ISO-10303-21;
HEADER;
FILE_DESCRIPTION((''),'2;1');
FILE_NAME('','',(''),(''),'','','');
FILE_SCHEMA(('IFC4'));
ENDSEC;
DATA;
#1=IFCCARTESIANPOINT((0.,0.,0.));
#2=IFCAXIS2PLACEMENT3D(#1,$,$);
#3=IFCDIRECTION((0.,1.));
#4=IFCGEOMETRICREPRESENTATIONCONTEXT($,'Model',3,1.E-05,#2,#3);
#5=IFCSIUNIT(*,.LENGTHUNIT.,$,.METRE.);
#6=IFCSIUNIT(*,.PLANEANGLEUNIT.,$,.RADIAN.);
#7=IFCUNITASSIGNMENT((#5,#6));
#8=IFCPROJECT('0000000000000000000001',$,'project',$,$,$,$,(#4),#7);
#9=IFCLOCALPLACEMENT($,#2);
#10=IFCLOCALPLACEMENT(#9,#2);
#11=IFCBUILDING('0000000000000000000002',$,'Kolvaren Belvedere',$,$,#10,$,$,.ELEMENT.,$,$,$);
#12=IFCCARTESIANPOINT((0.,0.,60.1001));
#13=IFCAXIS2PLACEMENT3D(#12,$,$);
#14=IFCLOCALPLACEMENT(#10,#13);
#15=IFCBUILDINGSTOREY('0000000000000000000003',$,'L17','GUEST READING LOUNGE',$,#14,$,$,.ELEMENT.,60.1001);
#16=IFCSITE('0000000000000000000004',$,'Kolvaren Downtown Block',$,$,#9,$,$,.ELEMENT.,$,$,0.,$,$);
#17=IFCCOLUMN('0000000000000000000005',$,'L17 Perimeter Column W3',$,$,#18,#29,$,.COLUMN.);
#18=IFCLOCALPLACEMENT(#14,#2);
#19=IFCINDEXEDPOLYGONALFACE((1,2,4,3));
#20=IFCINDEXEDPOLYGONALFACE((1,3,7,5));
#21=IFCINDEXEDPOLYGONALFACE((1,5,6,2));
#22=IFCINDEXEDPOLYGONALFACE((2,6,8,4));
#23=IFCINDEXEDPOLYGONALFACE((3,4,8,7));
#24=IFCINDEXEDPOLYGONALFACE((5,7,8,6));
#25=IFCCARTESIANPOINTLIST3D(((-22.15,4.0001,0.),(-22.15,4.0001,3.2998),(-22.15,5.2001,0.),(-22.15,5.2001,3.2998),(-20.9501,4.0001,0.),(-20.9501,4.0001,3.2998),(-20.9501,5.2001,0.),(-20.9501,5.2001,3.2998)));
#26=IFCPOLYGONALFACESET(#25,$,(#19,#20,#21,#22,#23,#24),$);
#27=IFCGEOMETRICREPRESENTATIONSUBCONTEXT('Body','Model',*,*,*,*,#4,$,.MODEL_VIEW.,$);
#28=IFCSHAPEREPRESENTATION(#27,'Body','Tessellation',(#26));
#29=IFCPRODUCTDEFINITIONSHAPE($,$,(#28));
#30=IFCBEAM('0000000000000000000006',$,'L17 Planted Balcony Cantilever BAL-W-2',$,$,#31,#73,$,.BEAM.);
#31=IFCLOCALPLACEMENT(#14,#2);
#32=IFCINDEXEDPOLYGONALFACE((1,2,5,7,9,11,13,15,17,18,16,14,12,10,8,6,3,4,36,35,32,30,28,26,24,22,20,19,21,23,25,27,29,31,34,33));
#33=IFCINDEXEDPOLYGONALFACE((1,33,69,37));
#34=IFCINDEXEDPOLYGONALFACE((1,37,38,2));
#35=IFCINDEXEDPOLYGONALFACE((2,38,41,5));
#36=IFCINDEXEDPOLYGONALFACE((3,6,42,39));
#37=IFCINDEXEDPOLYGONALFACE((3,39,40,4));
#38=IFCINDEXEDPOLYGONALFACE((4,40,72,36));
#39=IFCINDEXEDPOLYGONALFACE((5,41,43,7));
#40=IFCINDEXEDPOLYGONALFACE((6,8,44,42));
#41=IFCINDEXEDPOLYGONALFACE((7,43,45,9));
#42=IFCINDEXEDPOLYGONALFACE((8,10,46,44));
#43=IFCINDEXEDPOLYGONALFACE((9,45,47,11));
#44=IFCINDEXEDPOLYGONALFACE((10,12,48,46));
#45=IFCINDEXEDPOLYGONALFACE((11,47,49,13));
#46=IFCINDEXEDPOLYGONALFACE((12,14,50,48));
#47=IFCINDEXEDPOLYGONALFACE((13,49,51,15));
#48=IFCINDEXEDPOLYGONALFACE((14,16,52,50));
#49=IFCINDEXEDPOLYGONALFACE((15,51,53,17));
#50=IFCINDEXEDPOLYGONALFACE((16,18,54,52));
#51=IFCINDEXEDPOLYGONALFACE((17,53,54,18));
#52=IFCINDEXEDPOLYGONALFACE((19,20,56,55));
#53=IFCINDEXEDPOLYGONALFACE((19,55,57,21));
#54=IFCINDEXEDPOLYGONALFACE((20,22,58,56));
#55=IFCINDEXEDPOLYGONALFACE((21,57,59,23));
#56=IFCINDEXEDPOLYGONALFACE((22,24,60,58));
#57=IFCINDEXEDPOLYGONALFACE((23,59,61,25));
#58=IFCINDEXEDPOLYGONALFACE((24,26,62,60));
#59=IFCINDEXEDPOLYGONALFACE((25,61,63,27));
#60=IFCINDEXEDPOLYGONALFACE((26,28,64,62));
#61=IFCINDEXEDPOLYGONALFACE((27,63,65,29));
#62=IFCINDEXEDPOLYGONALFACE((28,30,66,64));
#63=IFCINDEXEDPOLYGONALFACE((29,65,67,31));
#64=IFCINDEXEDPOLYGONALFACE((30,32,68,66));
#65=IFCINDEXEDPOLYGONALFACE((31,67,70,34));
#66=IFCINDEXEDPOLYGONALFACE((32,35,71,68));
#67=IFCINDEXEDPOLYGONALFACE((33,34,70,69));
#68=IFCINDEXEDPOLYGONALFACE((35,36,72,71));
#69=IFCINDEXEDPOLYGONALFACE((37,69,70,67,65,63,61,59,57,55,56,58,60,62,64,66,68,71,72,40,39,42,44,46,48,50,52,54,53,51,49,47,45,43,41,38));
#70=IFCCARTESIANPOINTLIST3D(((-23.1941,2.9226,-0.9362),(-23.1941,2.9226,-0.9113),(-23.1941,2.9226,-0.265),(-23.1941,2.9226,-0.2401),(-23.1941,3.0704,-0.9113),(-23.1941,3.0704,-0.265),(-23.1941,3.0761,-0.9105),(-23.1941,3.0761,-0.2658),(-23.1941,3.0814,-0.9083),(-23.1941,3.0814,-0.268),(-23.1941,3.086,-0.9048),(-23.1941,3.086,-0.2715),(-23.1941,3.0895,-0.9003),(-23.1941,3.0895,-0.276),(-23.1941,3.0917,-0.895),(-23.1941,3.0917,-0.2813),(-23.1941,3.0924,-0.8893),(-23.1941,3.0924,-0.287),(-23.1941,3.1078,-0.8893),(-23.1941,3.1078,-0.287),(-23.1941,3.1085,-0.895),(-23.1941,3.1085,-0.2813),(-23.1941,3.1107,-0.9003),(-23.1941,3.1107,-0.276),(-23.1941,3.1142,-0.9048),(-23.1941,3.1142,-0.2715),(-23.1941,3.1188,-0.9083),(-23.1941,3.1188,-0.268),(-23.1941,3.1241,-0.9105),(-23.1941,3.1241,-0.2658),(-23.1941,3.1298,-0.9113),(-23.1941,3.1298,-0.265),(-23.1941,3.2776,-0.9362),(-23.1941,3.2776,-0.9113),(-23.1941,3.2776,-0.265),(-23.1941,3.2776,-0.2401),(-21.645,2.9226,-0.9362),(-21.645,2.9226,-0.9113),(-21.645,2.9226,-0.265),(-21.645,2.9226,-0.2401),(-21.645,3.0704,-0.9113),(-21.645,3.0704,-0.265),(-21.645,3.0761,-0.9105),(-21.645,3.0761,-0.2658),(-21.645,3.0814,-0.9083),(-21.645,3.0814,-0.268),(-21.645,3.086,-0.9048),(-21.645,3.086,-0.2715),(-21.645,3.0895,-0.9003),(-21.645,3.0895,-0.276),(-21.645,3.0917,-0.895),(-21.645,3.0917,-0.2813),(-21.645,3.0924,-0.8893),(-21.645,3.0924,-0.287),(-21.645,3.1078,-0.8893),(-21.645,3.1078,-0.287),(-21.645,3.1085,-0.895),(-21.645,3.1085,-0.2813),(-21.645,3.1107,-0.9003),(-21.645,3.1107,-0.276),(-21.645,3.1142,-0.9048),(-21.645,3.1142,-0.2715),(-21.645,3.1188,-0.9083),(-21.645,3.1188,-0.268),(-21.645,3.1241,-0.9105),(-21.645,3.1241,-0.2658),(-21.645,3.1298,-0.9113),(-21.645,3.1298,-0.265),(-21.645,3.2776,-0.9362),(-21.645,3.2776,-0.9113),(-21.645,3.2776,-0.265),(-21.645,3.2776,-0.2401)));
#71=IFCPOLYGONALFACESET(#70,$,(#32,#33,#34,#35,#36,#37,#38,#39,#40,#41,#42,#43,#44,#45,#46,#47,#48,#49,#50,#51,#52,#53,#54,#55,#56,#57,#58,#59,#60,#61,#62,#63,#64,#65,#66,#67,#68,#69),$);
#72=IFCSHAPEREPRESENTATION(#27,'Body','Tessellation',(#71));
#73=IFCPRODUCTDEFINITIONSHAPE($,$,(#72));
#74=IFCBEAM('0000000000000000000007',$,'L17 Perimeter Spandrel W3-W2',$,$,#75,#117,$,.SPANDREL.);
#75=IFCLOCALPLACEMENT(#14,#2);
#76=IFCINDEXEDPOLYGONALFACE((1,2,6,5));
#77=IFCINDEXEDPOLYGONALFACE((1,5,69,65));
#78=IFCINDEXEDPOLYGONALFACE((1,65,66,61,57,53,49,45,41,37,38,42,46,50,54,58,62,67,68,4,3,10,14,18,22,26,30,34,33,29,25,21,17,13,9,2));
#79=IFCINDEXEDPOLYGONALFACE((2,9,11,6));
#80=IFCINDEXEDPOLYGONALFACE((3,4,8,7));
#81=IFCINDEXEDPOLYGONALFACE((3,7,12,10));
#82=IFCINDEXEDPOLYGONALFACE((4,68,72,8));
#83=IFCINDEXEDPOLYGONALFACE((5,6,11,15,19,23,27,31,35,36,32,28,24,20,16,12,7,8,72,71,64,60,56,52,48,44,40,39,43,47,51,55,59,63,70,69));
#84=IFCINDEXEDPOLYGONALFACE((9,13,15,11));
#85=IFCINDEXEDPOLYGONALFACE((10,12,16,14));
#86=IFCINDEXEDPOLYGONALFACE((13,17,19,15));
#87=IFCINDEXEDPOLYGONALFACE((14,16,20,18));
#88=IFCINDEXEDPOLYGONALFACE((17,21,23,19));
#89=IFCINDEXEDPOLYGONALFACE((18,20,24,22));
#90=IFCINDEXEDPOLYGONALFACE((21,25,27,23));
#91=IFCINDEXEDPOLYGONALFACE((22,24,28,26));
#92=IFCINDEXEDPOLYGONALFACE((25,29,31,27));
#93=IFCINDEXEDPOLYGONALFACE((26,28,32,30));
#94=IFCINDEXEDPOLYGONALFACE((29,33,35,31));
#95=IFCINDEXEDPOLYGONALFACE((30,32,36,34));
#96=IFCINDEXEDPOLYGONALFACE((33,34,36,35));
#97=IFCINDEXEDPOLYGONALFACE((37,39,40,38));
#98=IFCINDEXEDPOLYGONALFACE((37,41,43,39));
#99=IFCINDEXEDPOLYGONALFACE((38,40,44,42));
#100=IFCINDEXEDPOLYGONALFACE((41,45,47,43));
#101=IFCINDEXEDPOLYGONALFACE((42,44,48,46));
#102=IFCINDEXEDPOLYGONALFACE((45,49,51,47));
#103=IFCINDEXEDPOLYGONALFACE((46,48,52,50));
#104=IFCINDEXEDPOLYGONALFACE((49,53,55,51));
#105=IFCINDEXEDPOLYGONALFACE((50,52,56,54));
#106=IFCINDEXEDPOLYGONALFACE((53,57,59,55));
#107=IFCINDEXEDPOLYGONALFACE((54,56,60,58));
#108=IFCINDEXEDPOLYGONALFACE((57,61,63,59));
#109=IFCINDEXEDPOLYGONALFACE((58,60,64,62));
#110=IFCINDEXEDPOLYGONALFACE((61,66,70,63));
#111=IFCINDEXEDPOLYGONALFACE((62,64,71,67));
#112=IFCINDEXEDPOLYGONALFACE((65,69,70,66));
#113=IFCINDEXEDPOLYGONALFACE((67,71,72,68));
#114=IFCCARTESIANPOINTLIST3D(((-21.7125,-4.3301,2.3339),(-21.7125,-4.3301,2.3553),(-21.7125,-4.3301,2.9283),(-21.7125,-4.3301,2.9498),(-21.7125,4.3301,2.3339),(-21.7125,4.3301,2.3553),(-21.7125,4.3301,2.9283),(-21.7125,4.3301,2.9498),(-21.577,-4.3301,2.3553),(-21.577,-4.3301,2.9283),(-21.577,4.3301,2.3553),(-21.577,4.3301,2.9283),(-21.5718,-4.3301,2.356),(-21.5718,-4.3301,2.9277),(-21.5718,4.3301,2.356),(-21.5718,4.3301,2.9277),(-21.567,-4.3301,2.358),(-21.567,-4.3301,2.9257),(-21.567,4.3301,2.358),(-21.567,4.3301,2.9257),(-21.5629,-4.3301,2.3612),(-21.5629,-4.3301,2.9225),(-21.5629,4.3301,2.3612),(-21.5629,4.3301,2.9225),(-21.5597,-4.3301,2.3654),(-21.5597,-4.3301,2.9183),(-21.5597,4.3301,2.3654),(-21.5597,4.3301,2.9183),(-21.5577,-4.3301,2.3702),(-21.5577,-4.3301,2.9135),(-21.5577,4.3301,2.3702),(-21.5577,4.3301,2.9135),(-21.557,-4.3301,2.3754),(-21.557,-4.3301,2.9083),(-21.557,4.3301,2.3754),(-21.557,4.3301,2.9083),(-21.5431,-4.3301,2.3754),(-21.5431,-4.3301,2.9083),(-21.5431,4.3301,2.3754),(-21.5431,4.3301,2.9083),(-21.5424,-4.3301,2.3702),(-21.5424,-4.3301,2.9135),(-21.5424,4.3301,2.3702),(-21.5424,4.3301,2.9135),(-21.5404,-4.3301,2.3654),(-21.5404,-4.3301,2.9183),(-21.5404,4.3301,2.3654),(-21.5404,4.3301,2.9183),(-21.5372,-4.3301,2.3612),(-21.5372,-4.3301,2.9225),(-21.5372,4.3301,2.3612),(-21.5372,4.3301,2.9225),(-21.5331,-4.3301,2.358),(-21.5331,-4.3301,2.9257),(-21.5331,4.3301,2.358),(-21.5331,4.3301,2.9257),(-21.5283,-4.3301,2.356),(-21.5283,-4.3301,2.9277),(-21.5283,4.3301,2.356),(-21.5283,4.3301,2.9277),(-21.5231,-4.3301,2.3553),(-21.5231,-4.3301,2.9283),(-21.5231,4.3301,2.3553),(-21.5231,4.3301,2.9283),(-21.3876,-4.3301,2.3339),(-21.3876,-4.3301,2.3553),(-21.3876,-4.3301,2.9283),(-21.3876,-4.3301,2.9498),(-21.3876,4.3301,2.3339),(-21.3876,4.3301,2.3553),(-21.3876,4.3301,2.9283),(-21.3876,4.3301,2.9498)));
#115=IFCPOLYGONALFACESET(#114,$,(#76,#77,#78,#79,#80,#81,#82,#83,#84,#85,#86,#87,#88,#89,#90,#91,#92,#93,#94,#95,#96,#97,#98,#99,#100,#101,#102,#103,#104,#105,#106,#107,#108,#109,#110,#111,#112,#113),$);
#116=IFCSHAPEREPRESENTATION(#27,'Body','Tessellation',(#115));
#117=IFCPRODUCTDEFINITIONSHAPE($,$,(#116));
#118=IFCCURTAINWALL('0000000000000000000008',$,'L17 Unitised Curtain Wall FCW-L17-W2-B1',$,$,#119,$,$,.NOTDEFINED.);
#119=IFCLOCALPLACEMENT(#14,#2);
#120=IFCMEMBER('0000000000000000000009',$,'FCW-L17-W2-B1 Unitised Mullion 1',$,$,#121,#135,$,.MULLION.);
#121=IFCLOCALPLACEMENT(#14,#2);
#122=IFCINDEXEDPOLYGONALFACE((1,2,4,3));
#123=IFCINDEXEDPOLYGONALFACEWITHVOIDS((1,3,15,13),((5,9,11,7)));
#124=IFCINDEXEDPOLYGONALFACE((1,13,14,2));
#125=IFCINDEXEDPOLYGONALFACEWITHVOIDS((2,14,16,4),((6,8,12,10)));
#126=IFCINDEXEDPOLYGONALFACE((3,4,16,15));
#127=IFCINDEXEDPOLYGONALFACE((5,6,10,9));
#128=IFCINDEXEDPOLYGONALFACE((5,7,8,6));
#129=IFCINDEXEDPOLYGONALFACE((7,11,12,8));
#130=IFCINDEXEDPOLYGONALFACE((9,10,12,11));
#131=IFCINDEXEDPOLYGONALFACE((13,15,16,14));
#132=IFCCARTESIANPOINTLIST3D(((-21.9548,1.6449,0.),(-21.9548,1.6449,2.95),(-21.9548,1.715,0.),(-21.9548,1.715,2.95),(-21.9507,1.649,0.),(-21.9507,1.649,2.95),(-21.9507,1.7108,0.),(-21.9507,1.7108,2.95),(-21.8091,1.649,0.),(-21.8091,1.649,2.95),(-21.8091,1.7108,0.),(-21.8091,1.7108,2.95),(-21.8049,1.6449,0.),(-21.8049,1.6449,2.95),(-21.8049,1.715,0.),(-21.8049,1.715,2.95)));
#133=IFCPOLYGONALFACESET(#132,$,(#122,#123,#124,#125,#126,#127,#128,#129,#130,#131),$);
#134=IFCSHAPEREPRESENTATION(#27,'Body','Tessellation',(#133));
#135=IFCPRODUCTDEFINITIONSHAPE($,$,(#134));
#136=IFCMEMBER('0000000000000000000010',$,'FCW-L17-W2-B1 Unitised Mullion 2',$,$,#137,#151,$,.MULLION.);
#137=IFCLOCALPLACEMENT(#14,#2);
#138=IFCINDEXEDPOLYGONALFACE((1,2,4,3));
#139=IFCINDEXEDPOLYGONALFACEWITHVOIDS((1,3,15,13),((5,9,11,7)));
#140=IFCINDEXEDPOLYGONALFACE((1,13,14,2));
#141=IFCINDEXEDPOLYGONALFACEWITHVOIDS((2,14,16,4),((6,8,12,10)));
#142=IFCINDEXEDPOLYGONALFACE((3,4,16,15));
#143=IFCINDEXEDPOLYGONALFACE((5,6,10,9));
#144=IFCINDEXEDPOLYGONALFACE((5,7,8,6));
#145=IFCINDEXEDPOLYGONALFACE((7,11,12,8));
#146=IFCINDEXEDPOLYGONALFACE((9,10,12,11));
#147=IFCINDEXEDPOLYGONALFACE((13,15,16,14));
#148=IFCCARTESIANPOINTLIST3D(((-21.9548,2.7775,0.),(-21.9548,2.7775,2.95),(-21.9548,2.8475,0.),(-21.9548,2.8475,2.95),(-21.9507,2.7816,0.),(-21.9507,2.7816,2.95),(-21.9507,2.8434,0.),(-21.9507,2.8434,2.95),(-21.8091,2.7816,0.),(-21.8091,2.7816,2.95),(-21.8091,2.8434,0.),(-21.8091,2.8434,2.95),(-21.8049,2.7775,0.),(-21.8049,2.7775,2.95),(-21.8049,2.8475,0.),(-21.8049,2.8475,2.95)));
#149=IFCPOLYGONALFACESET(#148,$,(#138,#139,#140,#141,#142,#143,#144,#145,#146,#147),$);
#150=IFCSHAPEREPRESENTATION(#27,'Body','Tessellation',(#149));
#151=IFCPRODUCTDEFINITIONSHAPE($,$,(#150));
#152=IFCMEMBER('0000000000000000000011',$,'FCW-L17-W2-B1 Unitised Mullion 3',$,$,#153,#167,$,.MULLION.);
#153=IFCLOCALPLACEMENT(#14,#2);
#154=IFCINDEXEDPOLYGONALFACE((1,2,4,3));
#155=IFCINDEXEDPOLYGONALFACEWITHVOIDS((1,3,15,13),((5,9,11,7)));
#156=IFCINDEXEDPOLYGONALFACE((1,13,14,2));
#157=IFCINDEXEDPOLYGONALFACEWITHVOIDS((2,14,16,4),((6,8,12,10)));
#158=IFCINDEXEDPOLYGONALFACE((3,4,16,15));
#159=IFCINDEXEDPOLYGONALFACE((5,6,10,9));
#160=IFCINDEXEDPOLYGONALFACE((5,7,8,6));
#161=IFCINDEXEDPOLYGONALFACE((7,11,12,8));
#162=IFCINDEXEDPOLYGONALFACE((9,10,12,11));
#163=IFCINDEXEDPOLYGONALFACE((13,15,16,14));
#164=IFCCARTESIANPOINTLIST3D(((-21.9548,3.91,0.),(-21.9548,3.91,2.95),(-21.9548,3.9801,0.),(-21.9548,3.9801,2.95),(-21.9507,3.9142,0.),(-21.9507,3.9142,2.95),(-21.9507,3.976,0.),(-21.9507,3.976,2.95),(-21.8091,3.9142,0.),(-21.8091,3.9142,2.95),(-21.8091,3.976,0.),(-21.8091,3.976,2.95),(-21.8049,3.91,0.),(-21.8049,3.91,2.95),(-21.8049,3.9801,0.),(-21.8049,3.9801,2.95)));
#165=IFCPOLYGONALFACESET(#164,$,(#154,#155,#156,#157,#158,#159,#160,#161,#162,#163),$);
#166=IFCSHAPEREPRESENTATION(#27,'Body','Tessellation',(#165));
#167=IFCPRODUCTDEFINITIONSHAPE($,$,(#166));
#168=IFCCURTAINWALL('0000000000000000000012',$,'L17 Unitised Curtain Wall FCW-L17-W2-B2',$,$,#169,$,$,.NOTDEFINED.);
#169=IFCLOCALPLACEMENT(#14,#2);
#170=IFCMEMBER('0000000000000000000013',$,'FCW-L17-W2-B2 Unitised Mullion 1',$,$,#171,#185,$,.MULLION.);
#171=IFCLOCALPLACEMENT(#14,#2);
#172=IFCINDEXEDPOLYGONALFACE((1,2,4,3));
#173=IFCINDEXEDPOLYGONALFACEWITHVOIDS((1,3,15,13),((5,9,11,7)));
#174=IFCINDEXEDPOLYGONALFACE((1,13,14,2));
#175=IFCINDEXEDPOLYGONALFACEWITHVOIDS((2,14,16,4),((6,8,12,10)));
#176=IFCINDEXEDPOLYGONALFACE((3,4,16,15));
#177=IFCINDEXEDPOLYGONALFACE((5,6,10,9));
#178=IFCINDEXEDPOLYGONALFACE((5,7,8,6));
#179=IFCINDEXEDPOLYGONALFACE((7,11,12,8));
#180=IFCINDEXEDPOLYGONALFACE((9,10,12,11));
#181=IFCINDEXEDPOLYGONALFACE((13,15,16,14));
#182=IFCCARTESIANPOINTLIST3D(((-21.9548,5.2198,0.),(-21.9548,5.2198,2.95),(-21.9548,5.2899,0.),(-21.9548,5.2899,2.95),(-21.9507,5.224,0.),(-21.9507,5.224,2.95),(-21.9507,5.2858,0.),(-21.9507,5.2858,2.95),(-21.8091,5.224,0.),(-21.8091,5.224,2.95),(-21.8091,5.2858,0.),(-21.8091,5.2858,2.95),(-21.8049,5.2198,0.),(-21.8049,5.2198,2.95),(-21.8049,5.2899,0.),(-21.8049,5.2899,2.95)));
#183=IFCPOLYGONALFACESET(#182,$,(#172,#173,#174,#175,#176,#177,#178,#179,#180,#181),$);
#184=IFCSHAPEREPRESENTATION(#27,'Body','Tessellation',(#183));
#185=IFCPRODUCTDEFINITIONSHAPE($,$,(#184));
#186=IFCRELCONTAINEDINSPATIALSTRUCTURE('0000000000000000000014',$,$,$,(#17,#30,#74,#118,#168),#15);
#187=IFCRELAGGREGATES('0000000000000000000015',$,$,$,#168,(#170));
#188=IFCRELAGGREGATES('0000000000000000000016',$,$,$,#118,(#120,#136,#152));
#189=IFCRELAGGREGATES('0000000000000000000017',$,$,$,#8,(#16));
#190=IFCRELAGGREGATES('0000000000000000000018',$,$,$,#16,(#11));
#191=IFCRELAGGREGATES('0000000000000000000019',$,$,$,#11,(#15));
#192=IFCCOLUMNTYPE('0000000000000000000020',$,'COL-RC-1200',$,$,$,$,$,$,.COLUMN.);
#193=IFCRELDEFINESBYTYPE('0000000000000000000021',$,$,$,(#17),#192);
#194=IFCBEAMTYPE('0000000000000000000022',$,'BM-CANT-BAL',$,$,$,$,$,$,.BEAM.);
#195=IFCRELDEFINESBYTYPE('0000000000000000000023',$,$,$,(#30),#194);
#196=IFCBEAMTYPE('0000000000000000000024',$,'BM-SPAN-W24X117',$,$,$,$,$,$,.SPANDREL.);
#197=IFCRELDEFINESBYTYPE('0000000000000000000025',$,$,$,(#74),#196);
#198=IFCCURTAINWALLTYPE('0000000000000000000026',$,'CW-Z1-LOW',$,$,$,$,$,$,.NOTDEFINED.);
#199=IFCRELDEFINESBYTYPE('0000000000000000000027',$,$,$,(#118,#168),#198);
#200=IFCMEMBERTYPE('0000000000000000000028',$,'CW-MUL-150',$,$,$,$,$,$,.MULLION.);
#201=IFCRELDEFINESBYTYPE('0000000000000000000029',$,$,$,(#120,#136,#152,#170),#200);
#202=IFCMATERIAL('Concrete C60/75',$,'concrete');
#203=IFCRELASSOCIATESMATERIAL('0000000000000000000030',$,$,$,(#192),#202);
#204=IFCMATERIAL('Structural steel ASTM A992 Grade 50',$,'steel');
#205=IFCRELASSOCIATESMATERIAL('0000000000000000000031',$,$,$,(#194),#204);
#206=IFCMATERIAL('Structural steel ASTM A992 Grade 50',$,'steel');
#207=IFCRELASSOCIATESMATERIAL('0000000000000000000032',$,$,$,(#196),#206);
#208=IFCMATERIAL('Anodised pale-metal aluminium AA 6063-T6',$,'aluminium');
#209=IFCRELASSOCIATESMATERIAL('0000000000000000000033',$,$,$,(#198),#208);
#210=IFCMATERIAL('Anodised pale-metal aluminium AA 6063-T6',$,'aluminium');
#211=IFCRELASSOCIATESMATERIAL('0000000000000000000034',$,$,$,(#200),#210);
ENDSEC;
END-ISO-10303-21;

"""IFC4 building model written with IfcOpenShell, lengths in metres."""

from ifc_helpers import new_model, si_unit, direction, frame, origin, origin_2d, place, context, subcontext, project, spatial, rectangle, hollow_rectangle, i_section, extrude, material, material_profile, profile_set, type_object, element, aggregate, save


model = new_model("IFC4")

# Units and contexts
model_context = context("Model", 3, precision=1e-05, world=origin(), true_north=direction((0.0, 1.0)))
body_context = subcontext(model_context, "Body", "Model", "MODEL_VIEW")
ifc_project = project(units=[si_unit("LENGTHUNIT", "METRE"), si_unit("PLANEANGLEUNIT", "RADIAN")], contexts=[model_context])

# Site, building, storey
site_placement = place(None, origin())
site = spatial("IfcSite", under=ifc_project, at=site_placement, Name="Kolvaren Downtown Block", CompositionType="ELEMENT", RefElevation=0.0)
building_placement = place(site_placement, origin())
building = spatial("IfcBuilding", under=site, at=building_placement, Name="Kolvaren Belvedere", CompositionType="ELEMENT")
storey_placement = place(building_placement, frame((0.0, 0.0, 60.1001)))
storey = spatial("IfcBuildingStorey", under=building, at=storey_placement, Name="L17", Description="GUEST READING LOUNGE", CompositionType="ELEMENT", Elevation=60.1001)

# Column
ifc_material_1 = material(Name="Concrete C60/75", Category="concrete")
ifc_material_profile_1 = material_profile(ifc_material_1, rectangle(XDim=1.2, YDim=1.2, at=origin_2d()), Name="RC 1200X1200")
ifc_profile_set_1 = profile_set([ifc_material_profile_1], Name="Concrete C60/75")
column_type = type_object("IfcColumnType", Name="COL-RC-1200", PredefinedType="COLUMN", material=ifc_profile_set_1)
column_placement = place(storey_placement, frame((-21.55, 4.6001, 0.0), z_axis=(0.0, 0.0, 1.0), x_axis=(1.0, 0.0, 0.0)))
element("IfcColumn", 1, at=column_placement, inside=storey, type_object=column_type, Name="L17 Perimeter Column W3", PredefinedType="COLUMN", context=body_context, shape_type="SweptSolid", body=[
    extrude(rectangle(XDim=1.2, YDim=1.2, at=origin_2d()), origin(), (0.0, 0.0, 1.0), 3.2998),
])

# Beams
ifc_material_2 = material(Name="Structural steel ASTM A992 Grade 50", Category="steel")
ifc_material_profile_2 = material_profile(ifc_material_2, i_section(OverallWidth=0.355, OverallDepth=0.696, WebThickness=0.0154, FlangeThickness=0.0249, FilletRadius=0.022, at=origin_2d()), Name="W27X146")
ifc_profile_set_2 = profile_set([ifc_material_profile_2], Name="Structural steel ASTM A992 Grade 50")
beam_type_1 = type_object("IfcBeamType", Name="BM-CANT-BAL", PredefinedType="BEAM", material=ifc_profile_set_2)
beam_1_placement = place(storey_placement, frame((-21.645, 3.1001, -0.5881), z_axis=(-1.0, 0.0, 0.0), x_axis=(0.0, -1.0, 0.0)))
element("IfcBeam", 2, at=beam_1_placement, inside=storey, type_object=beam_type_1, Name="L17 Planted Balcony Cantilever BAL-W-2", PredefinedType="BEAM", context=body_context, shape_type="SweptSolid", body=[
    extrude(i_section(OverallWidth=0.355, OverallDepth=0.696, WebThickness=0.0154, FlangeThickness=0.0249, FilletRadius=0.022, at=origin_2d()), origin(), (0.0, 0.0, 1.0), 1.5491),
])
ifc_material_3 = material(Name="Structural steel ASTM A992 Grade 50", Category="steel")
ifc_material_profile_3 = material_profile(ifc_material_3, i_section(OverallWidth=0.325, OverallDepth=0.616, WebThickness=0.0139, FlangeThickness=0.0215, FilletRadius=0.02, at=origin_2d()), Name="W24X117")
ifc_profile_set_3 = profile_set([ifc_material_profile_3], Name="Structural steel ASTM A992 Grade 50")
beam_type_2 = type_object("IfcBeamType", Name="BM-SPAN-W24X117", PredefinedType="SPANDREL", material=ifc_profile_set_3)
beam_2_placement = place(storey_placement, frame((-21.55, 4.3301, 2.6418), z_axis=(0.0, -1.0, 0.0), x_axis=(1.0, 0.0, 0.0)))
element("IfcBeam", 3, at=beam_2_placement, inside=storey, type_object=beam_type_2, Name="L17 Perimeter Spandrel W3-W2", PredefinedType="SPANDREL", context=body_context, shape_type="SweptSolid", body=[
    extrude(i_section(OverallWidth=0.325, OverallDepth=0.616, WebThickness=0.0139, FlangeThickness=0.0215, FilletRadius=0.02, at=origin_2d()), origin(), (0.0, 0.0, 1.0), 8.6602),
])

# Curtain wall, members
ifc_material_4 = material(Name="Anodised pale-metal aluminium AA 6063-T6", Category="aluminium")
curtain_wall_type = type_object("IfcCurtainWallType", Name="CW-Z1-LOW", PredefinedType="NOTDEFINED", material=ifc_material_4)
curtain_wall_1_placement = place(storey_placement, origin())
curtain_wall_1 = element("IfcCurtainWall", 4, at=curtain_wall_1_placement, inside=storey, type_object=curtain_wall_type, Name="L17 Unitised Curtain Wall FCW-L17-W2-B1", PredefinedType="NOTDEFINED")
ifc_material_5 = material(Name="Anodised pale-metal aluminium AA 6063-T6", Category="aluminium")
ifc_material_profile_4 = material_profile(ifc_material_5, hollow_rectangle(XDim=0.0701, YDim=0.1499, WallThickness=0.0042, at=origin_2d()), Name="ALU-MUL-150X70")
ifc_profile_set_4 = profile_set([ifc_material_profile_4], Name="Anodised pale-metal aluminium AA 6063-T6")
member_type_1 = type_object("IfcMemberType", Name="CW-MUL-150", PredefinedType="MULLION", material=ifc_profile_set_4)
member_1_placement = place(storey_placement, frame((-21.8799, 1.6799, 0.0), z_axis=(0.0, 0.0, 1.0), x_axis=(0.0, 1.0, 0.0)))
member_1 = element("IfcMember", 5, at=member_1_placement, type_object=member_type_1, Name="FCW-L17-W2-B1 Unitised Mullion 1", PredefinedType="MULLION", context=body_context, shape_type="SweptSolid", body=[
    extrude(hollow_rectangle(XDim=0.0701, YDim=0.1499, WallThickness=0.0042, at=origin_2d()), origin(), (0.0, 0.0, 1.0), 2.95),
])
member_2_placement = place(storey_placement, frame((-21.8799, 2.8125, 0.0), z_axis=(0.0, 0.0, 1.0), x_axis=(0.0, 1.0, 0.0)))
member_2 = element("IfcMember", 6, at=member_2_placement, type_object=member_type_1, Name="FCW-L17-W2-B1 Unitised Mullion 2", PredefinedType="MULLION", context=body_context, shape_type="SweptSolid", body=[
    extrude(hollow_rectangle(XDim=0.0701, YDim=0.1499, WallThickness=0.0042, at=origin_2d()), origin(), (0.0, 0.0, 1.0), 2.95),
])
member_3_placement = place(storey_placement, frame((-21.8799, 3.9451, 0.0), z_axis=(0.0, 0.0, 1.0), x_axis=(0.0, 1.0, 0.0)))
member_3 = element("IfcMember", 7, at=member_3_placement, type_object=member_type_1, Name="FCW-L17-W2-B1 Unitised Mullion 3", PredefinedType="MULLION", context=body_context, shape_type="SweptSolid", body=[
    extrude(hollow_rectangle(XDim=0.0701, YDim=0.1499, WallThickness=0.0042, at=origin_2d()), origin(), (0.0, 0.0, 1.0), 2.95),
])

# Curtain wall, member
curtain_wall_2_placement = place(storey_placement, origin())
curtain_wall_2 = element("IfcCurtainWall", 8, at=curtain_wall_2_placement, inside=storey, type_object=curtain_wall_type, Name="L17 Unitised Curtain Wall FCW-L17-W2-B2", PredefinedType="NOTDEFINED")
member_4_placement = place(storey_placement, frame((-21.8799, 5.2549, 0.0), z_axis=(0.0, 0.0, 1.0), x_axis=(0.0, 1.0, 0.0)))
member_4 = element("IfcMember", 9, at=member_4_placement, type_object=member_type_1, Name="FCW-L17-W2-B2 Unitised Mullion 1", PredefinedType="MULLION", context=body_context, shape_type="SweptSolid", body=[
    extrude(hollow_rectangle(XDim=0.0701, YDim=0.1499, WallThickness=0.0042, at=origin_2d()), origin(), (0.0, 0.0, 1.0), 2.95),
])

aggregate(curtain_wall_2, [member_4])

aggregate(curtain_wall_1, [member_1, member_2, member_3])

save(model, "model.ifc")
